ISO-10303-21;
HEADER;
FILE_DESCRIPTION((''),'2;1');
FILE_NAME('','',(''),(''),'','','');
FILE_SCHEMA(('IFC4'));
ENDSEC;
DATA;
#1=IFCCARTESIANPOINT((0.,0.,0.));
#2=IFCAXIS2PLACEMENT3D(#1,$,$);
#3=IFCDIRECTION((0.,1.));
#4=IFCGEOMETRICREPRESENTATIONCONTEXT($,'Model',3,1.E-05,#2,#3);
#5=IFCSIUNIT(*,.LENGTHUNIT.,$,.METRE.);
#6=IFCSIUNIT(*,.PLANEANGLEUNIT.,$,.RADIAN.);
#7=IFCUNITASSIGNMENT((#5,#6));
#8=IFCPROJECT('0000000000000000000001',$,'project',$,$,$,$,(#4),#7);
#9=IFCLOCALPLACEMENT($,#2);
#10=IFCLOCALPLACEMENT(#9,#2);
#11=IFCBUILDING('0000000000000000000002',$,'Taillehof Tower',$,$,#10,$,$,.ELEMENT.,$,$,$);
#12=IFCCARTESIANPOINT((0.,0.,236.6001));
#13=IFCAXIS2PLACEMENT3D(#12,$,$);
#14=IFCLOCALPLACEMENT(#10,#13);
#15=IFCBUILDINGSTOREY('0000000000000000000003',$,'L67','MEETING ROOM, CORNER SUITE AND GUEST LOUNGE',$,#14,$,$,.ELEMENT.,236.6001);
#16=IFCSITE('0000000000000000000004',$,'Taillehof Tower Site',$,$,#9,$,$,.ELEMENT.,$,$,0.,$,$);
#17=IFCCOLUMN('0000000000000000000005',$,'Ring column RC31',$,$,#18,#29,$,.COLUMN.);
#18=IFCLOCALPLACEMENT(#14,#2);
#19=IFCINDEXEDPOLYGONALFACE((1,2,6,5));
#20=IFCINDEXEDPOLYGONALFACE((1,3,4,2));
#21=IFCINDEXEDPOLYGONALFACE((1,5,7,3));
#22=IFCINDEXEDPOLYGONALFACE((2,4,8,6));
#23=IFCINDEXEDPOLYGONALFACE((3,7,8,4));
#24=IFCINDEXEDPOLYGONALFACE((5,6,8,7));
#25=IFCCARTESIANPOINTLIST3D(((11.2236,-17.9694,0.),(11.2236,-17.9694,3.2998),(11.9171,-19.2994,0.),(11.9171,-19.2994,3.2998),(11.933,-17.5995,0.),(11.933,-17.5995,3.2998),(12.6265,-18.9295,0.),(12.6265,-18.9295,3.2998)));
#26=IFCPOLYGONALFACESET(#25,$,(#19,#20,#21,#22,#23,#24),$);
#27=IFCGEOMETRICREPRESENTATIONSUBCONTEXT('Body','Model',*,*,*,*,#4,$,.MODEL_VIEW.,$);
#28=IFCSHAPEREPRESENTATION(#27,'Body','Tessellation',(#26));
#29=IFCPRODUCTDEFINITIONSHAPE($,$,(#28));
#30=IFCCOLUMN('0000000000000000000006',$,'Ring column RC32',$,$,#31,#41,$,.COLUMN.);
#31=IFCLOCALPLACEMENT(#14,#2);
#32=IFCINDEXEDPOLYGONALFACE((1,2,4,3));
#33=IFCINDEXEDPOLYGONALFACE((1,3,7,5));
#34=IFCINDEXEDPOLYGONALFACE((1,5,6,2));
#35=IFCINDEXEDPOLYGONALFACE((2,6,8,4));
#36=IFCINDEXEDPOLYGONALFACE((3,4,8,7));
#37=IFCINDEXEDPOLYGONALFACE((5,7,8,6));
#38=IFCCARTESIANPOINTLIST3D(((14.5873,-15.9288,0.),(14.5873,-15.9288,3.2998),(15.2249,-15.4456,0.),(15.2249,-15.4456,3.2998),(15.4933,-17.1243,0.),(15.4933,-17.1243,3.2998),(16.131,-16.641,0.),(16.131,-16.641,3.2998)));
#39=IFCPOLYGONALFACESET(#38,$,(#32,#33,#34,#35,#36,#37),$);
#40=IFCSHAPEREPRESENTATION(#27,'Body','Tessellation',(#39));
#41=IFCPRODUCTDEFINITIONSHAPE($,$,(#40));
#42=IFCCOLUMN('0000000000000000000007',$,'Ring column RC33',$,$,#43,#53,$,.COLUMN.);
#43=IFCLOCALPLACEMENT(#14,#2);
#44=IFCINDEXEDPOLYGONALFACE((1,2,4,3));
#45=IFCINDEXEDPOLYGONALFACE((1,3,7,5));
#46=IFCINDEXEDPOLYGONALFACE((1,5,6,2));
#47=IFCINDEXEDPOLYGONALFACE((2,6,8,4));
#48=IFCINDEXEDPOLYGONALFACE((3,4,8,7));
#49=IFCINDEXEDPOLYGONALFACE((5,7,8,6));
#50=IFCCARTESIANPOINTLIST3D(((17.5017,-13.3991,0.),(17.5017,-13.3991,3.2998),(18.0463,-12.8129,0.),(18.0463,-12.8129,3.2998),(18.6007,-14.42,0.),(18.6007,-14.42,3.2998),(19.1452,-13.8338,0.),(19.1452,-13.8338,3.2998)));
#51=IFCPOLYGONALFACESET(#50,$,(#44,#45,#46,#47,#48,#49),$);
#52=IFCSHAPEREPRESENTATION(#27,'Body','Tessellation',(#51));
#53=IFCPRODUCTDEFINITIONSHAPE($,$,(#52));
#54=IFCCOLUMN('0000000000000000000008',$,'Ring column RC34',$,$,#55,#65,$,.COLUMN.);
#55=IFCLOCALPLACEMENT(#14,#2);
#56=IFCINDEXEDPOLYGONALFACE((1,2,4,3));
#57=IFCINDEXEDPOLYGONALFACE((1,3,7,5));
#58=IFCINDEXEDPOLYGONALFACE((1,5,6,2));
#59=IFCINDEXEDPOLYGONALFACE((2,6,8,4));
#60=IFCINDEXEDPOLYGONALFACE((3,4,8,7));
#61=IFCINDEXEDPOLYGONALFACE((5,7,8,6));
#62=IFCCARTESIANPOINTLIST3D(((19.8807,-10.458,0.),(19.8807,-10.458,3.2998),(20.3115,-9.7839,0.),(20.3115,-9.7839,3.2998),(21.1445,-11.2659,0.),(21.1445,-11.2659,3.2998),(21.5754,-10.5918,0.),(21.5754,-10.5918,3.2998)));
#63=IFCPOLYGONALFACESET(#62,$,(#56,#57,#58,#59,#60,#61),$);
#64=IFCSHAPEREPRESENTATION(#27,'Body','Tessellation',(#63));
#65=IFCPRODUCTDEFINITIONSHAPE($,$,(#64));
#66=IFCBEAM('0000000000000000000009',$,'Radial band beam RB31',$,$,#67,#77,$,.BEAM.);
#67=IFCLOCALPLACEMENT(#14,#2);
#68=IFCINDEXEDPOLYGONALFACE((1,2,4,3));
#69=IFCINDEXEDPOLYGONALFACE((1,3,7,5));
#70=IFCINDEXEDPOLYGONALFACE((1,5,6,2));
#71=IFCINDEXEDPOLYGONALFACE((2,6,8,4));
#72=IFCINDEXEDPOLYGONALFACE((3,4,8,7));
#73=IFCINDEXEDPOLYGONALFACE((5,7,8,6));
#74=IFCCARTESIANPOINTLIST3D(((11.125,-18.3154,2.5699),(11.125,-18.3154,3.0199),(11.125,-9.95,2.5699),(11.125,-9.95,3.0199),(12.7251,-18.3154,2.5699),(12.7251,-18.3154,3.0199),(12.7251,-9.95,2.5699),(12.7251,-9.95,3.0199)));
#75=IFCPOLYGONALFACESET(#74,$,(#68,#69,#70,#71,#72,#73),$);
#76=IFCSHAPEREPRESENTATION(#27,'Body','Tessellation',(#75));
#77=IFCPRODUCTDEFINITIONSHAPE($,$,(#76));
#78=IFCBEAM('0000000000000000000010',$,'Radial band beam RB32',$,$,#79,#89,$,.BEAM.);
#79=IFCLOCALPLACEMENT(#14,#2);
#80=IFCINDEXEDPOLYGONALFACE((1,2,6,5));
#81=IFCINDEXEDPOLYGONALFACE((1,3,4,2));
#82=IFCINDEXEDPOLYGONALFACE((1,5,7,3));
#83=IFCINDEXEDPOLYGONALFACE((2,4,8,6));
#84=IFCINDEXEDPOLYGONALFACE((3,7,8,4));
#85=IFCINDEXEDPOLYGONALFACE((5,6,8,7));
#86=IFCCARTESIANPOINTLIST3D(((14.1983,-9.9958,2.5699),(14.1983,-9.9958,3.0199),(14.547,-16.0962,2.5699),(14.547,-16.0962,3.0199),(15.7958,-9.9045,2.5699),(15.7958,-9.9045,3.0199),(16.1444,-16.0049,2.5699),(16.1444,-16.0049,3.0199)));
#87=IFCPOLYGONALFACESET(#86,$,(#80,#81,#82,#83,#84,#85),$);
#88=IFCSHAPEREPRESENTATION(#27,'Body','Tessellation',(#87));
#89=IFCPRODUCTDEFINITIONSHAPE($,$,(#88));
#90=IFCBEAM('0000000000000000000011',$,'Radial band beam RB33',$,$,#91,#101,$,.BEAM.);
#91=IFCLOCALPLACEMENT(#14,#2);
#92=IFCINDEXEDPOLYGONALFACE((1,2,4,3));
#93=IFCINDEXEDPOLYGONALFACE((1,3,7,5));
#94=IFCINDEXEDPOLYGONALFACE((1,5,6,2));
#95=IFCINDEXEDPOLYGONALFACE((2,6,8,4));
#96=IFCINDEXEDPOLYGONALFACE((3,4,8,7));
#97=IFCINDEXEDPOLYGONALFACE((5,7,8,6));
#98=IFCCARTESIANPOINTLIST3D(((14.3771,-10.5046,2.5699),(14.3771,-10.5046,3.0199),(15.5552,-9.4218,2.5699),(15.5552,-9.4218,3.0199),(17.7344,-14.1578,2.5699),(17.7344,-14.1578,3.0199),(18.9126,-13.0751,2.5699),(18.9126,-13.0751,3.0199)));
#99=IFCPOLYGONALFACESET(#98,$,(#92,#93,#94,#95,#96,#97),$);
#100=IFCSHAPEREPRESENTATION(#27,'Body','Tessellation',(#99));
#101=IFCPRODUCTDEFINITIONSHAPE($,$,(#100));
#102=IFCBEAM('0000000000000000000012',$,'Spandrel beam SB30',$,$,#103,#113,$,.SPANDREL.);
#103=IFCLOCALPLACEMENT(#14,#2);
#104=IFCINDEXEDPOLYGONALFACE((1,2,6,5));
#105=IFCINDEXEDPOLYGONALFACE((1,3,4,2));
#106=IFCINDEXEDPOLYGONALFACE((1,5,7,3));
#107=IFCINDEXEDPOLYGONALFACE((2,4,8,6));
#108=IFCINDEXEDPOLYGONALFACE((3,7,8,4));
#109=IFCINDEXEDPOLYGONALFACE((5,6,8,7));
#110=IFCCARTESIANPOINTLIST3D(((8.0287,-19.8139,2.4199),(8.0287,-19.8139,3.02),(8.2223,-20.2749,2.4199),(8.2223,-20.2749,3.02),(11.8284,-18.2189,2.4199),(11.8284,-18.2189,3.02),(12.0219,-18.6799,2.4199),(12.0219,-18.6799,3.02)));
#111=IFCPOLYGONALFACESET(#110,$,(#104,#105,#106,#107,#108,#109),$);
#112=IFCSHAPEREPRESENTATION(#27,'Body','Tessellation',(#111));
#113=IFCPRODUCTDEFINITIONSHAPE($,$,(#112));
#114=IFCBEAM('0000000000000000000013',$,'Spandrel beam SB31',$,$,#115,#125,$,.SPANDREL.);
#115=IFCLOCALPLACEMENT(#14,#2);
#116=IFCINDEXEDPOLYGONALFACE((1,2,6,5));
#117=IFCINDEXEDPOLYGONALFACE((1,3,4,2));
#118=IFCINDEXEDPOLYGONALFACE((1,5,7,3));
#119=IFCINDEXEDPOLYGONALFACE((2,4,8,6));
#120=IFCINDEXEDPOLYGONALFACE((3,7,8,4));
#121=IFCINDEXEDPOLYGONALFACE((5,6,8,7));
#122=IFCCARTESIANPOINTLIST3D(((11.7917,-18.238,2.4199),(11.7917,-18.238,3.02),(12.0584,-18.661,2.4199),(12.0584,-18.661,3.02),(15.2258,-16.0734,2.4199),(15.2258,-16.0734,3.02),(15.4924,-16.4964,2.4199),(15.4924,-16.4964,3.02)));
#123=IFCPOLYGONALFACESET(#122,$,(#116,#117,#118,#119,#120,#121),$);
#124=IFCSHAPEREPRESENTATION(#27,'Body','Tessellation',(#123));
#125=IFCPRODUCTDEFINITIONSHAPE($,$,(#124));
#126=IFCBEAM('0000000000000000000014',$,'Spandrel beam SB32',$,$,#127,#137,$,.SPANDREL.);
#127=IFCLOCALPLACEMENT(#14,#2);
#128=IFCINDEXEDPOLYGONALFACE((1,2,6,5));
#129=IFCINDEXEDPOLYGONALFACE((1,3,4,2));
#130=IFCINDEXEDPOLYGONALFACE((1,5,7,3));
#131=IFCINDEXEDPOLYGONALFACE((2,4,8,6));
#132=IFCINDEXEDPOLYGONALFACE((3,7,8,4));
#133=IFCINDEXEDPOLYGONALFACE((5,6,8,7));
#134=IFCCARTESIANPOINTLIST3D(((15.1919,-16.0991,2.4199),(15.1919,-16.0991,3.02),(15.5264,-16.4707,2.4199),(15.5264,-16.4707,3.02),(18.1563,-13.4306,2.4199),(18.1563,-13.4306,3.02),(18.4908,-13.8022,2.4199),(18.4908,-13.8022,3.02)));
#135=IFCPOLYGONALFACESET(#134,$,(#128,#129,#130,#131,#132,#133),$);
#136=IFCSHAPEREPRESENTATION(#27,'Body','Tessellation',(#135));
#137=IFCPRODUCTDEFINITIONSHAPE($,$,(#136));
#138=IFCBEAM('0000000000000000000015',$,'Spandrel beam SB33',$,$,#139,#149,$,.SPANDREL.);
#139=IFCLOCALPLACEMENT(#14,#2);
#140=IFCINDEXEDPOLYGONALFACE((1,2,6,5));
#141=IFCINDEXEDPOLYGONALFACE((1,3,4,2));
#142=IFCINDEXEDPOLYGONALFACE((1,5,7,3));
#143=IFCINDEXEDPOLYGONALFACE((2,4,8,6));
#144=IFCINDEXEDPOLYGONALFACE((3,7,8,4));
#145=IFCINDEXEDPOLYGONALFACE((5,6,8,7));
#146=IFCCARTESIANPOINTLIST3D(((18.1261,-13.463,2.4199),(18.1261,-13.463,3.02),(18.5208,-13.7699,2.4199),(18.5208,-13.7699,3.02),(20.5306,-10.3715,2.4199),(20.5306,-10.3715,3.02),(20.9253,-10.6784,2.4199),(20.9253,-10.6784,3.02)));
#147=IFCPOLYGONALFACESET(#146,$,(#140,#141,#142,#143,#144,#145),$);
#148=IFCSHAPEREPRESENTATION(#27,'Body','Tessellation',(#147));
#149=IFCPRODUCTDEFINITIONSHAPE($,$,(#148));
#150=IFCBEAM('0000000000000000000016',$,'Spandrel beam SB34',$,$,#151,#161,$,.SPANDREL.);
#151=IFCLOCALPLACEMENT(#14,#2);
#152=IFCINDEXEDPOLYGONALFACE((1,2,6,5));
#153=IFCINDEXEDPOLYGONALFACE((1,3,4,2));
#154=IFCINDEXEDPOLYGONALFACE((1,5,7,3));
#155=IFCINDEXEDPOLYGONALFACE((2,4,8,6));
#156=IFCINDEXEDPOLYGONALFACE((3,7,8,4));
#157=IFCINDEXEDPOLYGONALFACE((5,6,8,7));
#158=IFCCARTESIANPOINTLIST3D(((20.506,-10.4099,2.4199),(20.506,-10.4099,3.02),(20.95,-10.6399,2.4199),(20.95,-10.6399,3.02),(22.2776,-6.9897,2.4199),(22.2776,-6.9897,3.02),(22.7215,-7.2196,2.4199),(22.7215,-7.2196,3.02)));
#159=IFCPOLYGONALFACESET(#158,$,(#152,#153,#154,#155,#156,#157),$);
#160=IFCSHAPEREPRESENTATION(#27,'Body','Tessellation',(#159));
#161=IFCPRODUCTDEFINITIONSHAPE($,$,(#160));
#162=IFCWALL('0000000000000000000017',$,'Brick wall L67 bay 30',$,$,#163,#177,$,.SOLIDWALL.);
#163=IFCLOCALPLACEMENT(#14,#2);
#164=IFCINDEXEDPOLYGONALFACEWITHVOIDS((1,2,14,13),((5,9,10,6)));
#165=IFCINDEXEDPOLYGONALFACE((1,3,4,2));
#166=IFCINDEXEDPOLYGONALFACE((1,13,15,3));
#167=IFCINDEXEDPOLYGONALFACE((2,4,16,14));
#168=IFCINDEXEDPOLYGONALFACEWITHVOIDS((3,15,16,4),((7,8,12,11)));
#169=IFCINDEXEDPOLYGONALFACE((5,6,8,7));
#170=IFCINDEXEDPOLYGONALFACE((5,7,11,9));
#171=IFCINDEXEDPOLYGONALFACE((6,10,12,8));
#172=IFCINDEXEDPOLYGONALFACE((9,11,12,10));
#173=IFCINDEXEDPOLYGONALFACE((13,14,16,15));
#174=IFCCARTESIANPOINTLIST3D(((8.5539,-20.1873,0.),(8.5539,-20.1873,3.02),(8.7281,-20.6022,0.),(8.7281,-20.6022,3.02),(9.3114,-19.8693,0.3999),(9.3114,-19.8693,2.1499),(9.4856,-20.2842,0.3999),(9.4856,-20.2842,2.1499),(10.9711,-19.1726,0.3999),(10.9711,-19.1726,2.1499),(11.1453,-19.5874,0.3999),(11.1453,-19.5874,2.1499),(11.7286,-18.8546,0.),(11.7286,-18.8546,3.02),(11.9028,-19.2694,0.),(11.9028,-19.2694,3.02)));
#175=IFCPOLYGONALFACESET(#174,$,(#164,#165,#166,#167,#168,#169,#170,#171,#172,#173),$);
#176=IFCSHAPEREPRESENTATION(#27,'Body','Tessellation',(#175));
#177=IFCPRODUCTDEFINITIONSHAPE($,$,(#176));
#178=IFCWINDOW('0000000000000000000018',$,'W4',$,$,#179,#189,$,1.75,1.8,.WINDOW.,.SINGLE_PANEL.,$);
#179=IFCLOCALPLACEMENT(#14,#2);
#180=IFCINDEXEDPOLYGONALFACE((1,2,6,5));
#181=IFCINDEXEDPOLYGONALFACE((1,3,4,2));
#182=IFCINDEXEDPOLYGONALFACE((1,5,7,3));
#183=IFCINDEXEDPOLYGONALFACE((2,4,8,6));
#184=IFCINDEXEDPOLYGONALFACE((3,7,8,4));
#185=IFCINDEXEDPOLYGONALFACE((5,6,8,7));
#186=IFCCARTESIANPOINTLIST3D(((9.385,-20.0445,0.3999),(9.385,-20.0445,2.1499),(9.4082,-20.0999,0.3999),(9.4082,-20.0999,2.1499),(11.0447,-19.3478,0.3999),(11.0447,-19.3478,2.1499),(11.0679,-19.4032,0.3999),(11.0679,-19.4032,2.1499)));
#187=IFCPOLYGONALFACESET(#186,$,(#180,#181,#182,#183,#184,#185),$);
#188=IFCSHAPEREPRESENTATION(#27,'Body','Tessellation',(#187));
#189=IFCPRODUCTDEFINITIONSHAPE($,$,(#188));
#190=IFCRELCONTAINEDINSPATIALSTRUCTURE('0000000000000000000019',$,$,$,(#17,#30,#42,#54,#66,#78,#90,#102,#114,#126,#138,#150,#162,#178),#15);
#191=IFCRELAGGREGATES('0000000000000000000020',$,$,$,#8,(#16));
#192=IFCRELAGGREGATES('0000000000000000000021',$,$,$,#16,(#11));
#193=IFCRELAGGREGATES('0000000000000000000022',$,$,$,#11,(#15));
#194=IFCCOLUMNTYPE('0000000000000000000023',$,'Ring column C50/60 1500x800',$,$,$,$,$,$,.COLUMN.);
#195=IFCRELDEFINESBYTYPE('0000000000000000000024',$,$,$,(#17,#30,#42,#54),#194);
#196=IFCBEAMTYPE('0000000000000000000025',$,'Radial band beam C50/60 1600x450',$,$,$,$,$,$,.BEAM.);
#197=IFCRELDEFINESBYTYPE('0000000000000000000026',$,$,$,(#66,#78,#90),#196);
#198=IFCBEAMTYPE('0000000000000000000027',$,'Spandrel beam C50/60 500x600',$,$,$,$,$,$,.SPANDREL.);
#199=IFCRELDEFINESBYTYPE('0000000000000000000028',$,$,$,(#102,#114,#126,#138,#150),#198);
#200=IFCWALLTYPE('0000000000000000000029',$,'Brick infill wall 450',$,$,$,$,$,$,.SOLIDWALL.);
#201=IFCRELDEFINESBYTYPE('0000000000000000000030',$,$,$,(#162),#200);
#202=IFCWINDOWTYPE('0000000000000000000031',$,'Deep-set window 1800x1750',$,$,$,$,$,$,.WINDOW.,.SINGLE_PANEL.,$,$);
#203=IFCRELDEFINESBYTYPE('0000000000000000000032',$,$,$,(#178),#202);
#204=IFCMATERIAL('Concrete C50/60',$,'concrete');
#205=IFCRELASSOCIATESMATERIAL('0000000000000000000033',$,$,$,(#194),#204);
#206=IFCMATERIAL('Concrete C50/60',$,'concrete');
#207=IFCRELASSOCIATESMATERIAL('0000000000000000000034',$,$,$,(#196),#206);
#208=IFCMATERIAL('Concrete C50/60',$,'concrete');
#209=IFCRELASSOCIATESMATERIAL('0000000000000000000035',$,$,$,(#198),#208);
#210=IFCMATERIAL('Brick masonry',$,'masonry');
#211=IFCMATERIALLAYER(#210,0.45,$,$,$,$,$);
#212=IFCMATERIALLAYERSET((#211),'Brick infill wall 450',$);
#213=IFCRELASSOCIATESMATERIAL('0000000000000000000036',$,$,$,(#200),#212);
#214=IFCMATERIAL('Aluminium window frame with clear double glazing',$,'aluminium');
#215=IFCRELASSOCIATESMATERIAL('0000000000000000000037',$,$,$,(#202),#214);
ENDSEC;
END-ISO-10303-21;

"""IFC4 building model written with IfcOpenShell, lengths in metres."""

from ifc_helpers import new_model, si_unit, direction, frame, frame_2d, origin, origin_2d, place, context, subcontext, project, spatial, rectangle, extrude, material, layer, layer_set, material_profile, profile_set, type_object, element, fill, save


model = new_model("IFC4")

# Units and contexts
model_context = context("Model", 3, precision=1e-05, world=origin(), true_north=direction((0.0, 1.0)))
body_context = subcontext(model_context, "Body", "Model", "MODEL_VIEW")
ifc_project = project(units=[si_unit("LENGTHUNIT", "METRE"), si_unit("PLANEANGLEUNIT", "RADIAN")], contexts=[model_context])

# Site, building, storey
site_placement = place(None, origin())
site = spatial("IfcSite", under=ifc_project, at=site_placement, Name="Taillehof Tower Site", CompositionType="ELEMENT", RefElevation=0.0)
building_placement = place(site_placement, origin())
building = spatial("IfcBuilding", under=site, at=building_placement, Name="Taillehof Tower", CompositionType="ELEMENT")
storey_placement = place(building_placement, frame((0.0, 0.0, 236.6001)))
storey = spatial("IfcBuildingStorey", under=building, at=storey_placement, Name="L67", Description="MEETING ROOM, CORNER SUITE AND GUEST LOUNGE", CompositionType="ELEMENT", Elevation=236.6001)

# Columns
ifc_material_1 = material(Name="Concrete C50/60", Category="concrete")
ifc_material_profile_1 = material_profile(ifc_material_1, rectangle(XDim=1.5, YDim=0.8, at=origin_2d()), Name="RC 1500x800")
ifc_profile_set_1 = profile_set([ifc_material_profile_1], Name="Concrete C50/60")
column_type = type_object("IfcColumnType", Name="Ring column C50/60 1500x800", PredefinedType="COLUMN", material=ifc_profile_set_1)
for number, where, z_axis, x_axis, name in (
    (1, (11.925, -18.4495, 0.0), (0.0, 0.0, 1.0), (0.462384, -0.88668, 0.0), "Ring column RC31"),
    (2, (15.3591, -16.2849, 0.0), (0.0, 0.0, 1.0), (0.60402, -0.796969, 0.0), "Ring column RC32"),
    (3, (18.3235, -13.6165, 0.0), (0.0, 0.0, 1.0), (0.732636, -0.680621, 0.0), "Ring column RC33"),
    (4, (20.728, -10.5249, 0.0), (0.0, 0.0, 1.0), (0.842574, -0.538581, 0.0), "Ring column RC34"),
):
    element("IfcColumn", number, at=place(storey_placement, frame(where, z_axis=z_axis, x_axis=x_axis)), inside=storey, type_object=column_type, Name=name, PredefinedType="COLUMN", context=body_context, shape_type="SweptSolid", body=[
        extrude(rectangle(XDim=1.5, YDim=0.8, at=origin_2d()), origin(), (0.0, 0.0, 1.0), 3.2998),
    ])

# Beams
ifc_material_2 = material(Name="Concrete C50/60", Category="concrete")
ifc_material_profile_2 = material_profile(ifc_material_2, rectangle(XDim=1.6001, YDim=0.45, at=origin_2d()), Name="RC 1600x450")
ifc_profile_set_2 = profile_set([ifc_material_profile_2], Name="Concrete C50/60")
beam_type_1 = type_object("IfcBeamType", Name="Radial band beam C50/60 1600x450", PredefinedType="BEAM", material=ifc_profile_set_2)
beam_1_placement = place(storey_placement, frame((11.925, -18.3154, 2.7949), z_axis=(0.0, 1.0, 0.0), x_axis=(-1.0, 0.0, 0.0)))
element("IfcBeam", 5, at=beam_1_placement, inside=storey, type_object=beam_type_1, Name="Radial band beam RB31", PredefinedType="BEAM", context=body_context, shape_type="SweptSolid", body=[
    extrude(rectangle(XDim=1.6001, YDim=0.45, at=origin_2d()), origin(), (0.0, 0.0, 1.0), 8.3655),
])
beam_2_placement = place(storey_placement, frame((15.3457, -16.0505, 2.7949), z_axis=(-0.057057, 0.998371, 0.0), x_axis=(-0.998371, -0.057057, 0.0)))
element("IfcBeam", 6, at=beam_2_placement, inside=storey, type_object=beam_type_1, Name="Radial band beam RB32", PredefinedType="BEAM", context=body_context, shape_type="SweptSolid", body=[
    extrude(rectangle(XDim=1.6001, YDim=0.45, at=origin_2d()), origin(), (0.0, 0.0, 1.0), 6.1104),
])
beam_3_placement = place(storey_placement, frame((18.3235, -13.6165, 2.7949), z_axis=(-0.67666, 0.736296, 0.0), x_axis=(-0.736296, -0.67666, 0.0)))
element("IfcBeam", 7, at=beam_3_placement, inside=storey, type_object=beam_type_1, Name="Radial band beam RB33", PredefinedType="BEAM", context=body_context, shape_type="SweptSolid", body=[
    extrude(rectangle(XDim=1.6001, YDim=0.45, at=origin_2d()), origin(), (0.0, 0.0, 1.0), 4.9617),
])
ifc_material_3 = material(Name="Concrete C50/60", Category="concrete")
ifc_material_profile_3 = material_profile(ifc_material_3, rectangle(XDim=0.5, YDim=0.6001, at=origin_2d()), Name="RC 500x600")
ifc_profile_set_3 = profile_set([ifc_material_profile_3], Name="Concrete C50/60")
beam_type_2 = type_object("IfcBeamType", Name="Spandrel beam C50/60 500x600", PredefinedType="SPANDREL", material=ifc_profile_set_3)
beam_4_placement = place(storey_placement, frame((8.1255, -20.0444, 2.72), z_axis=(0.922055, 0.387058, 0.0), x_axis=(-0.387058, 0.922055, 0.0)))
element("IfcBeam", 8, at=beam_4_placement, inside=storey, type_object=beam_type_2, Name="Spandrel beam SB30", PredefinedType="SPANDREL", context=body_context, shape_type="SweptSolid", body=[
    extrude(rectangle(XDim=0.5, YDim=0.6001, at=origin_2d()), origin(), (0.0, 0.0, 1.0), 4.1208),
])
beam_5_placement = place(storey_placement, frame((11.925, -18.4495, 2.72), z_axis=(0.845972, 0.533228, 0.0), x_axis=(-0.533228, 0.845972, 0.0)))
element("IfcBeam", 9, at=beam_5_placement, inside=storey, type_object=beam_type_2, Name="Spandrel beam SB31", PredefinedType="SPANDREL", context=body_context, shape_type="SweptSolid", body=[
    extrude(rectangle(XDim=0.5, YDim=0.6001, at=origin_2d()), origin(), (0.0, 0.0, 1.0), 4.0593),
])
beam_6_placement = place(storey_placement, frame((15.3591, -16.2849, 2.72), z_axis=(0.743227, 0.669039, 0.0), x_axis=(-0.669039, 0.743227, 0.0)))
element("IfcBeam", 10, at=beam_6_placement, inside=storey, type_object=beam_type_2, Name="Spandrel beam SB32", PredefinedType="SPANDREL", context=body_context, shape_type="SweptSolid", body=[
    extrude(rectangle(XDim=0.5, YDim=0.6001, at=origin_2d()), origin(), (0.0, 0.0, 1.0), 3.9885),
])
beam_7_placement = place(storey_placement, frame((18.3235, -13.6165, 2.72), z_axis=(0.613941, 0.789352, 0.0), x_axis=(-0.789352, 0.613941, 0.0)))
element("IfcBeam", 11, at=beam_7_placement, inside=storey, type_object=beam_type_2, Name="Spandrel beam SB33", PredefinedType="SPANDREL", context=body_context, shape_type="SweptSolid", body=[
    extrude(rectangle(XDim=0.5, YDim=0.6001, at=origin_2d()), origin(), (0.0, 0.0, 1.0), 3.9165),
])
beam_8_placement = place(storey_placement, frame((20.728, -10.5249, 2.72), z_axis=(0.459921, 0.88796, 0.0), x_axis=(-0.88796, 0.459921, 0.0)))
element("IfcBeam", 12, at=beam_8_placement, inside=storey, type_object=beam_type_2, Name="Spandrel beam SB34", PredefinedType="SPANDREL", context=body_context, shape_type="SweptSolid", body=[
    extrude(rectangle(XDim=0.5, YDim=0.6001, at=origin_2d()), origin(), (0.0, 0.0, 1.0), 3.8518),
])

# Wall, opening, window
ifc_material_4 = material(Name="Brick masonry", Category="masonry")
ifc_layer_1 = layer(ifc_material_4, 0.45)
ifc_layer_set_1 = layer_set([ifc_layer_1], Name="Brick infill wall 450")
wall_type_1 = type_object("IfcWallType", Name="Brick infill wall 450", PredefinedType="SOLIDWALL", material=ifc_layer_set_1)
wall_1_placement = place(storey_placement, frame((8.6409, -20.3948, 0.0), z_axis=(0.0, 0.0, 1.0), x_axis=(0.92205, 0.387071, 0.0)))
wall_1 = element("IfcWall", 13, at=wall_1_placement, inside=storey, type_object=wall_type_1, Name="Brick wall L67 bay 30", PredefinedType="SOLIDWALL", context=body_context, shape_type="SweptSolid", body=[
    extrude(rectangle(XDim=3.4431, YDim=0.45, at=frame_2d((1.7217, 0.0))), origin(), (0.0, 0.0, 1.0), 3.02),
])
opening_1_placement = place(wall_1_placement, frame((0.8218, 0.0, 0.3999)))
opening_1 = element("IfcOpeningElement", 14, at=opening_1_placement, cuts=wall_1, PredefinedType="OPENING", context=body_context, shape_type="SweptSolid", body=[
    extrude(rectangle(XDim=1.8, YDim=1.75, at=frame_2d((0.8999, 0.875))), frame((0.0, 0.2349, 0.0), z_axis=(0.0, -1.0, 0.0), x_axis=(1.0, 0.0, 0.0)), (0.0, 0.0, 1.0), 0.47),
])
ifc_material_5 = material(Name="Aluminium window frame with clear double glazing", Category="aluminium")
window_type = type_object("IfcWindowType", Name="Deep-set window 1800x1750", PartitioningType="SINGLE_PANEL", PredefinedType="WINDOW", material=ifc_material_5)
window_1_placement = place(opening_1_placement, origin())
window_1 = element("IfcWindow", 15, at=window_1_placement, inside=storey, type_object=window_type, Name="W4", OverallHeight=1.75, OverallWidth=1.8, PartitioningType="SINGLE_PANEL", PredefinedType="WINDOW", context=body_context, shape_type="SweptSolid", body=[
    extrude(rectangle(XDim=1.8, YDim=1.75, at=frame_2d((0.8999, 0.875))), frame((0.0, 0.0349, 0.0), z_axis=(0.0, -1.0, 0.0), x_axis=(1.0, 0.0, 0.0)), (0.0, 0.0, 1.0), 0.0601),
])
fill(opening_1, window_1)

save(model, "model.ifc")
